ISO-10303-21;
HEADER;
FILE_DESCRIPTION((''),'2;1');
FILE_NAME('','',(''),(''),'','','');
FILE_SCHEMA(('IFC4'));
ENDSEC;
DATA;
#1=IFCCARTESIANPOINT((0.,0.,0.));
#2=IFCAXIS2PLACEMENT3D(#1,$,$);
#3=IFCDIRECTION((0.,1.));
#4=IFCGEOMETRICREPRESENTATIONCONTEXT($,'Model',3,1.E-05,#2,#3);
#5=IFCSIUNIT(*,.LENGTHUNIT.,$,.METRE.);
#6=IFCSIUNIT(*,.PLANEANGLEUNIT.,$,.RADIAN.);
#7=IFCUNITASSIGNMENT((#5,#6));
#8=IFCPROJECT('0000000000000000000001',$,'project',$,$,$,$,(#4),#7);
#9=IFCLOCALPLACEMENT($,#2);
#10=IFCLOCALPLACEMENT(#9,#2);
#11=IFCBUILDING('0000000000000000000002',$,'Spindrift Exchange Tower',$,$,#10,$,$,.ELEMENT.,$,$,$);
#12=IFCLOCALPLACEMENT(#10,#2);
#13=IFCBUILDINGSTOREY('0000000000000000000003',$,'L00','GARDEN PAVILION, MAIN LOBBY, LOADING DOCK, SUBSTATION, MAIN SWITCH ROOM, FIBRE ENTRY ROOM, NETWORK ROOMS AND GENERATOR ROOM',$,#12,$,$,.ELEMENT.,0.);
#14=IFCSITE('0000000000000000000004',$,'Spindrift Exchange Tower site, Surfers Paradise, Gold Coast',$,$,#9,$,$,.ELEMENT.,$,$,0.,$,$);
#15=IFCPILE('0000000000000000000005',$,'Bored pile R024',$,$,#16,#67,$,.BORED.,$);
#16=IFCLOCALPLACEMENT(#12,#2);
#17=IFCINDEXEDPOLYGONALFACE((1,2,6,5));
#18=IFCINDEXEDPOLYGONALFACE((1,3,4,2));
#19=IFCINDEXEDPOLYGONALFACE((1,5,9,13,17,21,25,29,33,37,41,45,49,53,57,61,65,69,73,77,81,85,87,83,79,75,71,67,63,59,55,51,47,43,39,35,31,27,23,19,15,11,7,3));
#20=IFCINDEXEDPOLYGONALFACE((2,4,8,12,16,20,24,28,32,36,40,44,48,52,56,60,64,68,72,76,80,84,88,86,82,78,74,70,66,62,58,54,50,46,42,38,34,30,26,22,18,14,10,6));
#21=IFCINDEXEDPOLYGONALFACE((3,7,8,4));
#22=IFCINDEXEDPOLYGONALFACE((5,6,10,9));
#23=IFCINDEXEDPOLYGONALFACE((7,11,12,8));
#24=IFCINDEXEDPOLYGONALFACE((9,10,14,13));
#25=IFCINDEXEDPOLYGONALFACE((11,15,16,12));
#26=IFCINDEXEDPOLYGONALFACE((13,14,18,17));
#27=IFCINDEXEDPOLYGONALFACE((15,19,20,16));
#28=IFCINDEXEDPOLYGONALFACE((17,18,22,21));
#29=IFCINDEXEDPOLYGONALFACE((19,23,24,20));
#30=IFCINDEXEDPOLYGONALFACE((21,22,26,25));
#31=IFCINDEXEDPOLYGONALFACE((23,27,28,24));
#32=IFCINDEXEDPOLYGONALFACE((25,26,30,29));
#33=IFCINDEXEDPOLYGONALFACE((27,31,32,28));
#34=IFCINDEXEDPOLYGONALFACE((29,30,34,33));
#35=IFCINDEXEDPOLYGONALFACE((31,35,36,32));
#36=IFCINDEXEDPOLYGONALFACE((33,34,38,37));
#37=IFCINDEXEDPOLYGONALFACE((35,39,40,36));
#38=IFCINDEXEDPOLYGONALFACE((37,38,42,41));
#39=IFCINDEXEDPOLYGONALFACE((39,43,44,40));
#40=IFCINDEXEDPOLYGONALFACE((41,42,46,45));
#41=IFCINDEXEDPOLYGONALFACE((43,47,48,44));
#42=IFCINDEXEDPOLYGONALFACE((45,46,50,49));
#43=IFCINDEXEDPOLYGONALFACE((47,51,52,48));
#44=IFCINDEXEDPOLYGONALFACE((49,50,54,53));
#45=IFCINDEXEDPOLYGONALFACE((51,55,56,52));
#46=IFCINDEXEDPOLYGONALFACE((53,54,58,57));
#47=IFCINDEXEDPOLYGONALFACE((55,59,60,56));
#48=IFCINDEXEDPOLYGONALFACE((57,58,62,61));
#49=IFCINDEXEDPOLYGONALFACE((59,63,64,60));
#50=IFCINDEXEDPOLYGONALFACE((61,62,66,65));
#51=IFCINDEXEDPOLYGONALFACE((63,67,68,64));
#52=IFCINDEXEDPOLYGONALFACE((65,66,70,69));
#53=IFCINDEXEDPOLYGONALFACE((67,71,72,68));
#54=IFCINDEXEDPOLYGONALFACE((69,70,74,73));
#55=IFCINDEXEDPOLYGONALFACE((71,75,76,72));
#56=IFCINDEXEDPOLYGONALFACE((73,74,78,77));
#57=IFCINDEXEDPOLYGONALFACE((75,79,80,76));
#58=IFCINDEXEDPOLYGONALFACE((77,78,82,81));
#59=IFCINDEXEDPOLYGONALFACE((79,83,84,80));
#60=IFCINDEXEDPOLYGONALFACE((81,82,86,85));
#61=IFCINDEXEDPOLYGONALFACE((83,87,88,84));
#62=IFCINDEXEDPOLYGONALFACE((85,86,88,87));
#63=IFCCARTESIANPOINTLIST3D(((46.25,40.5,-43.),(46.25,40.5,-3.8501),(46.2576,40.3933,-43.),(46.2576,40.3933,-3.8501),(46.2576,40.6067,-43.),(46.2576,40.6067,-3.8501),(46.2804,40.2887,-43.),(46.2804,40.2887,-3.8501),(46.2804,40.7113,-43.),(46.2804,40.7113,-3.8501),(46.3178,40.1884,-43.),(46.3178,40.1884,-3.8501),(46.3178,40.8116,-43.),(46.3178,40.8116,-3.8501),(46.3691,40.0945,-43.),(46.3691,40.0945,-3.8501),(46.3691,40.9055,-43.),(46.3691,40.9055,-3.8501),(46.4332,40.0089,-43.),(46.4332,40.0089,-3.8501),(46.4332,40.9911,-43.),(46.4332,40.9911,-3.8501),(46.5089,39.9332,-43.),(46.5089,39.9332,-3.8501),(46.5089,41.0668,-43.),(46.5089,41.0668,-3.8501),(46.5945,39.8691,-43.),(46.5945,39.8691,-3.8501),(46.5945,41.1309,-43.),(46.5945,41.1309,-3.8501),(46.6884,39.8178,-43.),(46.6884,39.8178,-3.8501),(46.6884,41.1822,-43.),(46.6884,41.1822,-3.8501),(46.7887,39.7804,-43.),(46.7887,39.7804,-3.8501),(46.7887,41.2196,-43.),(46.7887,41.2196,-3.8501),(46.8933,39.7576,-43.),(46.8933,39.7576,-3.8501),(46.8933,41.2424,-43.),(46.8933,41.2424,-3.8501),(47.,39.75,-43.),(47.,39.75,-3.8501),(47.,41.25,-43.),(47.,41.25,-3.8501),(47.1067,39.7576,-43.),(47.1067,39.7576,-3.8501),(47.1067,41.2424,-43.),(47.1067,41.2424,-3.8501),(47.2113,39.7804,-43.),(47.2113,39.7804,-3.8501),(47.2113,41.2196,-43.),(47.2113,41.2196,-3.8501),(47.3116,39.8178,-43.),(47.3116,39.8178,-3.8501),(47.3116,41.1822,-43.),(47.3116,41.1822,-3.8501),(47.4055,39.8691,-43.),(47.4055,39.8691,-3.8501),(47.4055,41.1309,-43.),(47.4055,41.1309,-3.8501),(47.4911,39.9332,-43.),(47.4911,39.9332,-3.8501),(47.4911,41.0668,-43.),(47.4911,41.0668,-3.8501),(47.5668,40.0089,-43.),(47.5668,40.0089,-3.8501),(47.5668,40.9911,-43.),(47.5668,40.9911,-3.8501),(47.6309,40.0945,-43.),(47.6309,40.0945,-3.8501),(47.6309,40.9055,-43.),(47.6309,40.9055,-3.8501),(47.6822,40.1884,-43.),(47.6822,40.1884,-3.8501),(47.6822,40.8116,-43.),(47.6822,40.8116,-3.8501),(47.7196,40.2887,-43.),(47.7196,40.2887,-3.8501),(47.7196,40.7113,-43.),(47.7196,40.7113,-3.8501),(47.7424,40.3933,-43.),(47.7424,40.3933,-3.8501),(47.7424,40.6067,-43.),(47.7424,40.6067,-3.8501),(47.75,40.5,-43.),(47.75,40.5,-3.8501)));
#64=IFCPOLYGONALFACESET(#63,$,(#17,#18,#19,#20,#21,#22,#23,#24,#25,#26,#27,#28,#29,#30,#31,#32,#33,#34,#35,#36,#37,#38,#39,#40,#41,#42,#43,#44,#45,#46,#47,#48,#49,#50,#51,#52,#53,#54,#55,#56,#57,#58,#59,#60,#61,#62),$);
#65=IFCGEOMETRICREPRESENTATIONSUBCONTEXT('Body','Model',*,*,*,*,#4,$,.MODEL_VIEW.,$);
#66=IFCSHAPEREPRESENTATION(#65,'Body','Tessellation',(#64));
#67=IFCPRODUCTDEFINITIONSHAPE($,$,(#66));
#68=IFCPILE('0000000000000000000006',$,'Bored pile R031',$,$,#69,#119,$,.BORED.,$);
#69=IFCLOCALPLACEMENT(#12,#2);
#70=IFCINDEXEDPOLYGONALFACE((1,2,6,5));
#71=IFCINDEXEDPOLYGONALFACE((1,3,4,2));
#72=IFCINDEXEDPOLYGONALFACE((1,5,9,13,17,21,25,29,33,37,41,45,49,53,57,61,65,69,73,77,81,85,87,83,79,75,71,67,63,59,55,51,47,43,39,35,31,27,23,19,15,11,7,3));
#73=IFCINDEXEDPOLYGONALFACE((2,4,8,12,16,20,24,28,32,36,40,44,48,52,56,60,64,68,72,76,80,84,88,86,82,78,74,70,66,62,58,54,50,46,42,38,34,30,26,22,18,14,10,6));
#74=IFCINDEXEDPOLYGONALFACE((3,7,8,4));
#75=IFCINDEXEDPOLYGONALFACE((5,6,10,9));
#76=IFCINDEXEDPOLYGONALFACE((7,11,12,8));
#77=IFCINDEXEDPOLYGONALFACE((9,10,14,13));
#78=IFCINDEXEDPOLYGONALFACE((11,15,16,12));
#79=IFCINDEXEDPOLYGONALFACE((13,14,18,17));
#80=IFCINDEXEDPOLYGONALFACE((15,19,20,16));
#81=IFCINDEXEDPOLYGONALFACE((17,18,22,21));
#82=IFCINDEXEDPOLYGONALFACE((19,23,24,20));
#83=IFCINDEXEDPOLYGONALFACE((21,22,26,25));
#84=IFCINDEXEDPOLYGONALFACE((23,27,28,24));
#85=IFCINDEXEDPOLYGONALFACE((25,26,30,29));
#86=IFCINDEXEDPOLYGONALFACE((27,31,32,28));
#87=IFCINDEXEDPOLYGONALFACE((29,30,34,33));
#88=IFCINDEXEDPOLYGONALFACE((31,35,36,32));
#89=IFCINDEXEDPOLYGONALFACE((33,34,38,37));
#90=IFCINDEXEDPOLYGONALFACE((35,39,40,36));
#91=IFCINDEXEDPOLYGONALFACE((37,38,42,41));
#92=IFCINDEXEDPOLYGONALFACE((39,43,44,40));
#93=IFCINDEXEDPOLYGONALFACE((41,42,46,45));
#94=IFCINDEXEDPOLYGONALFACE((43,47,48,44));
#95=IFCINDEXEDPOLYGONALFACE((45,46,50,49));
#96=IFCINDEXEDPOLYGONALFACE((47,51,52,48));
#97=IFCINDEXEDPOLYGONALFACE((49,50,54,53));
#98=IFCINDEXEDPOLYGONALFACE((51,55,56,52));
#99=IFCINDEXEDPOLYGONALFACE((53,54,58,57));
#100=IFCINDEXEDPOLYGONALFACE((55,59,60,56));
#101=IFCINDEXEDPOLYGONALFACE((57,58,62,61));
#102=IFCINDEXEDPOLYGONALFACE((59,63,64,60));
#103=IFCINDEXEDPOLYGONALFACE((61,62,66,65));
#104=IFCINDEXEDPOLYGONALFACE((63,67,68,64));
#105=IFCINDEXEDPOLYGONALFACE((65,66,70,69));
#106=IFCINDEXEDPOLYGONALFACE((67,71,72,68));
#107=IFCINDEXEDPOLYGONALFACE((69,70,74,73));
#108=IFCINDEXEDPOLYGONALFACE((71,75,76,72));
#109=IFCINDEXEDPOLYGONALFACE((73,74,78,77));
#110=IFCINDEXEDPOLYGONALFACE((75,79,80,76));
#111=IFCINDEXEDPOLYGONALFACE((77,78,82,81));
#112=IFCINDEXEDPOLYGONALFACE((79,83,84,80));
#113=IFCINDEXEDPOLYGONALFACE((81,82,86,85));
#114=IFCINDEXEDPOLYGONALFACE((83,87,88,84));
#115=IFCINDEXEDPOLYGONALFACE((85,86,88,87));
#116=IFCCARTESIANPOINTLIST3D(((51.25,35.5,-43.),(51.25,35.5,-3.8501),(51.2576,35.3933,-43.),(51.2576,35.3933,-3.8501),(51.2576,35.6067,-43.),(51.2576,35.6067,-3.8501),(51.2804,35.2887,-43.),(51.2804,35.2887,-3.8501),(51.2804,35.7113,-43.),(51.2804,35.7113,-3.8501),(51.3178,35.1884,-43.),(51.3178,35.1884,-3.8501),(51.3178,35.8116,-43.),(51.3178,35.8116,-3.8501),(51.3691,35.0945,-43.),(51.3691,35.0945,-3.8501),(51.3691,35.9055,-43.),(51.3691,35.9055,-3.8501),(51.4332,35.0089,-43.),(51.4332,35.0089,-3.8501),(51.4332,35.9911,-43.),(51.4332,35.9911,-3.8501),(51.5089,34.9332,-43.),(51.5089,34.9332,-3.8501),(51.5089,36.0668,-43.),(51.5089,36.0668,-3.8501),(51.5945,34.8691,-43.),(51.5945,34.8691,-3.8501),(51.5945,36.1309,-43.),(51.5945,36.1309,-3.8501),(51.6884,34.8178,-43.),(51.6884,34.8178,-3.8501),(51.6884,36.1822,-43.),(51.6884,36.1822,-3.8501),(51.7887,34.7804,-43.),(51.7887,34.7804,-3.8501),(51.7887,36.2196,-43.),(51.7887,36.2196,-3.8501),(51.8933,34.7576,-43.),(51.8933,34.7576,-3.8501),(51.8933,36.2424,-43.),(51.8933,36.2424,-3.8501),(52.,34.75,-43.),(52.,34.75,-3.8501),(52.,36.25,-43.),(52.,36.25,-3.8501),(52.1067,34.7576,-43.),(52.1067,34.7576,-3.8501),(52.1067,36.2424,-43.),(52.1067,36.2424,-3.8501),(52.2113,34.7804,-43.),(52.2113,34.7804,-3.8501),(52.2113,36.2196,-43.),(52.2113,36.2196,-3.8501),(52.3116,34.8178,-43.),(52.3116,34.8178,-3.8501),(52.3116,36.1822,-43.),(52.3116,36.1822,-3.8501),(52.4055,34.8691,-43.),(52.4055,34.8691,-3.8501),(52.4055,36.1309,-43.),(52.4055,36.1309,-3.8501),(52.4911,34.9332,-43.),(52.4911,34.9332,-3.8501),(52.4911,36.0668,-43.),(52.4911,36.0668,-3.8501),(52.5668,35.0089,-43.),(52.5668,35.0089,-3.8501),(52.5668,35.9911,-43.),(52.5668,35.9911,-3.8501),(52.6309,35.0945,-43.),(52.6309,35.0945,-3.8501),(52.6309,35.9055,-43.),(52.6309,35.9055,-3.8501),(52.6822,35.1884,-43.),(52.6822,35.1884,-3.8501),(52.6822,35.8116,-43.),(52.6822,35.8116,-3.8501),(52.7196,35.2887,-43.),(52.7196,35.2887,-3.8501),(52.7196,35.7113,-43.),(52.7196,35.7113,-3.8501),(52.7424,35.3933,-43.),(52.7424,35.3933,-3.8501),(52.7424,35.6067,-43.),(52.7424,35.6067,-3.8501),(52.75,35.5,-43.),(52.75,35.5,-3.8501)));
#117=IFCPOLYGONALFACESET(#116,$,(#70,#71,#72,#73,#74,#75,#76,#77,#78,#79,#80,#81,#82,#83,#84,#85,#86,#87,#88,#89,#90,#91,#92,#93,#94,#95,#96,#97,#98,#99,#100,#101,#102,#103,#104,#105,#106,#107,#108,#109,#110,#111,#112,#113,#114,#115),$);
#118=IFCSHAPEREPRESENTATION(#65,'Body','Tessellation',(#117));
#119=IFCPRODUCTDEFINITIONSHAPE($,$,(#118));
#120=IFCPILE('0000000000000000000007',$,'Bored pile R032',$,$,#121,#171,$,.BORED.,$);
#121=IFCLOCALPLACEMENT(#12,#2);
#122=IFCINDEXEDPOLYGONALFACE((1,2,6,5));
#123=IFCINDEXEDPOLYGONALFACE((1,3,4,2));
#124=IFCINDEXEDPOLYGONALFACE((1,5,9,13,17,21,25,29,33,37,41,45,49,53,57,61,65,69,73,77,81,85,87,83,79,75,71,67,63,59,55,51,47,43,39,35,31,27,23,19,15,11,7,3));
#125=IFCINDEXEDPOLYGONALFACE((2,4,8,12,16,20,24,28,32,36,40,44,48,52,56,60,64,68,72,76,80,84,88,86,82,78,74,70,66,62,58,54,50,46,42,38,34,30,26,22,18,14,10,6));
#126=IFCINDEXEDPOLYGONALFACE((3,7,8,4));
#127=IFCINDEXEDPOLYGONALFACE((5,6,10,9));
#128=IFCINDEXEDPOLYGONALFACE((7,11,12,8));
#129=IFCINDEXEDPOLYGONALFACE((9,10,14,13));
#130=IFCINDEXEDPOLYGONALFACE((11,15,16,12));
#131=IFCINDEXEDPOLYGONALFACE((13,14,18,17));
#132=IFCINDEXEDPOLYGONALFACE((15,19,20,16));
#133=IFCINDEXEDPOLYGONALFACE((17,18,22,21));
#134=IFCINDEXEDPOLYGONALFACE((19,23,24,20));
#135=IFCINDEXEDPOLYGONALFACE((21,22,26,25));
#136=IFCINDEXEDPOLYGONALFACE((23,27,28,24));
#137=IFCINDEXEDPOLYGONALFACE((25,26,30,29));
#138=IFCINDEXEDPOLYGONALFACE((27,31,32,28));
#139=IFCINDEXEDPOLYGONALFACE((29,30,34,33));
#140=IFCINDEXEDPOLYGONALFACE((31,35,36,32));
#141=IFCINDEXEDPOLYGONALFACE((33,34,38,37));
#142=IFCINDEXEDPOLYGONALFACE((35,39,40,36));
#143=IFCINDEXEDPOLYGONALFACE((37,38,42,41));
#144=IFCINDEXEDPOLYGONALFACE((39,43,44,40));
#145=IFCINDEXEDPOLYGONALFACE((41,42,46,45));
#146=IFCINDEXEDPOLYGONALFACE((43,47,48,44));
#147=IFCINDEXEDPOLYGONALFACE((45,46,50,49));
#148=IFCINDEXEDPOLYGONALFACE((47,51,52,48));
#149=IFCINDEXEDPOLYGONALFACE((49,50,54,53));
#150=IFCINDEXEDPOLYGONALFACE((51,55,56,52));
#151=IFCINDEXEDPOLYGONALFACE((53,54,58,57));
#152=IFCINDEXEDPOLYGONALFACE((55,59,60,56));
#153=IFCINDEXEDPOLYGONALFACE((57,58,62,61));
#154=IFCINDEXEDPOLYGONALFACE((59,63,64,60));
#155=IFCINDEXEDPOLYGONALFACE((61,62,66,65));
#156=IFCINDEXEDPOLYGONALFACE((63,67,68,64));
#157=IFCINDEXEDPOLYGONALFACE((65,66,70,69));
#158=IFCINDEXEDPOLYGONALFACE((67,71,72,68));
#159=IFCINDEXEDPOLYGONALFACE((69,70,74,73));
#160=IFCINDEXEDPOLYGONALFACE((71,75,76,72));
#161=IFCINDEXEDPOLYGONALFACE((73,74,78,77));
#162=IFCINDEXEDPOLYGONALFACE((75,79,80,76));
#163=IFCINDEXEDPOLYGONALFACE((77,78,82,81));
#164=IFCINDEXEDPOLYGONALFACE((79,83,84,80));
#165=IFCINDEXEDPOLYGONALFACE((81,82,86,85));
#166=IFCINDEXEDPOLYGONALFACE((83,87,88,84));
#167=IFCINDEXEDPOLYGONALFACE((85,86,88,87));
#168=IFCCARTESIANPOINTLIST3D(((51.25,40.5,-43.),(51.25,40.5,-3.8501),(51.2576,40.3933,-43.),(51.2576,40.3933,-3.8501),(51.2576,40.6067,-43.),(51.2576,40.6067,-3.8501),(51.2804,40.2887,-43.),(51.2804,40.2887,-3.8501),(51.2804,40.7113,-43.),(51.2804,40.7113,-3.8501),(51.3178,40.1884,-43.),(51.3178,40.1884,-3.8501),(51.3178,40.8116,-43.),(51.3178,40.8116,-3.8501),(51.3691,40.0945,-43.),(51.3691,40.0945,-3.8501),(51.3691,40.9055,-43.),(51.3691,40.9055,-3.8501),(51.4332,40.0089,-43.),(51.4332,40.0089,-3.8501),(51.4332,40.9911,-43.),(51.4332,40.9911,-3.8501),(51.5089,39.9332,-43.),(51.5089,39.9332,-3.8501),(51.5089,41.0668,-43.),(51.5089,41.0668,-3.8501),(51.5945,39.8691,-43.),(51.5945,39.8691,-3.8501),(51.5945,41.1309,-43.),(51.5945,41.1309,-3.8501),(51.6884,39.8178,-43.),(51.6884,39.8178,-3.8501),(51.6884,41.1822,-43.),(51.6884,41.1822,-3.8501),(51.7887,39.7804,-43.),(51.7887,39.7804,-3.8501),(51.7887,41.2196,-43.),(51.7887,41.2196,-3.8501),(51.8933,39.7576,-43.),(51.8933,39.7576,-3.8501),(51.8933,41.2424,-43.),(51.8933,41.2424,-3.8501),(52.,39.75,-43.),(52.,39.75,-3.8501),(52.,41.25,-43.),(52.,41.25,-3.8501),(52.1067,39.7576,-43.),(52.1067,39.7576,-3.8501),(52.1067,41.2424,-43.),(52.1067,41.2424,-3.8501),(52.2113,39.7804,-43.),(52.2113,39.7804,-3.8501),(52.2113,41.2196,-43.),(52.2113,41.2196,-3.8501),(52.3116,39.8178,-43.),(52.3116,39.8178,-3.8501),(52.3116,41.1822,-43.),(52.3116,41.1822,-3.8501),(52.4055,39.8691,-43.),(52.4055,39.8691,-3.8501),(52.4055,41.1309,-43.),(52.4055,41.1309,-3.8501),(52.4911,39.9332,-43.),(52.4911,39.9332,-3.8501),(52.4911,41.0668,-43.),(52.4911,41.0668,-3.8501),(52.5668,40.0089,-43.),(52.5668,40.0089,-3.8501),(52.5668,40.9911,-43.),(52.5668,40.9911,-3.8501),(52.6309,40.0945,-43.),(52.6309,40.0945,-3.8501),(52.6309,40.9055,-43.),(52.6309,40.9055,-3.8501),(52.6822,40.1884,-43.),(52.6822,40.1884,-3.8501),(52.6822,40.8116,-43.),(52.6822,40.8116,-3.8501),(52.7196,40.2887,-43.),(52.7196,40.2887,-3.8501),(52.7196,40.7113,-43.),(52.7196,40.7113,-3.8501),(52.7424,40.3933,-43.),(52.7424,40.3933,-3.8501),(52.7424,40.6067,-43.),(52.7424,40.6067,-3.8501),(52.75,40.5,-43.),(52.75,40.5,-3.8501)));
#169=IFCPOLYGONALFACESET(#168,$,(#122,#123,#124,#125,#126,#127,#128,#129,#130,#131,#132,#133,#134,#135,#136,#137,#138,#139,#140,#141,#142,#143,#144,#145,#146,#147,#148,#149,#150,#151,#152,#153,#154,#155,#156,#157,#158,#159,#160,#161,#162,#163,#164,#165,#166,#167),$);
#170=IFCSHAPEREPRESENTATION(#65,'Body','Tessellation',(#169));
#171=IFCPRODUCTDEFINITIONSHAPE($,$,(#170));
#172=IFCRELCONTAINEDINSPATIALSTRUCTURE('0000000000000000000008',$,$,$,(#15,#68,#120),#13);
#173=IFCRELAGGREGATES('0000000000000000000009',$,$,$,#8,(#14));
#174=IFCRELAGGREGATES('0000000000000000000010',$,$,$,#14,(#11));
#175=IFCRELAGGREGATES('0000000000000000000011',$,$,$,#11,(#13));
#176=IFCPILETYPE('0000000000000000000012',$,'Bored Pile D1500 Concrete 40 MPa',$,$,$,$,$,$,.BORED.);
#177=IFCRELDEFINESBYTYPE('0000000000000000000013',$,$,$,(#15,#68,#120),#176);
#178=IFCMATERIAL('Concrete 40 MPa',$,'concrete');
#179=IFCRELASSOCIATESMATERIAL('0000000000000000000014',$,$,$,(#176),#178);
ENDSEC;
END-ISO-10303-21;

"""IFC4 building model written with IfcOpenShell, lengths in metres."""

from ifc_helpers import new_model, si_unit, direction, frame, origin, origin_2d, place, context, subcontext, project, spatial, circle, extrude, source, transform, mapped, material, material_profile, profile_set, type_object, element, save


model = new_model("IFC4")

# Units and contexts
model_context = context("Model", 3, precision=1e-05, world=origin(), true_north=direction((0.0, 1.0)))
body_context = subcontext(model_context, "Body", "Model", "MODEL_VIEW")
ifc_project = project(units=[si_unit("LENGTHUNIT", "METRE"), si_unit("PLANEANGLEUNIT", "RADIAN")], contexts=[model_context])

# Site, building, storey
site_placement = place(None, origin())
site = spatial("IfcSite", under=ifc_project, at=site_placement, Name="Spindrift Exchange Tower site, Surfers Paradise, Gold Coast", CompositionType="ELEMENT", RefElevation=0.0)
building_placement = place(site_placement, origin())
building = spatial("IfcBuilding", under=site, at=building_placement, Name="Spindrift Exchange Tower", CompositionType="ELEMENT")
storey_placement = place(building_placement, origin())
storey = spatial("IfcBuildingStorey", under=building, at=storey_placement, Name="L00", Description="GARDEN PAVILION, MAIN LOBBY, LOADING DOCK, SUBSTATION, MAIN SWITCH ROOM, FIBRE ENTRY ROOM, NETWORK ROOMS AND GENERATOR ROOM", CompositionType="ELEMENT", Elevation=0.0)

# Piles
ifc_material_1 = material(Name="Concrete 40 MPa", Category="concrete")
ifc_material_profile_1 = material_profile(ifc_material_1, circle(Radius=0.75, at=origin_2d()), Name="BP D1500")
ifc_profile_set_1 = profile_set([ifc_material_profile_1], Name="Concrete 40 MPa")
pile_type = type_object("IfcPileType", Name="Bored Pile D1500 Concrete 40 MPa", PredefinedType="BORED", material=ifc_profile_set_1)
shared_shape_1 = source(origin(), body_context, "Body", "SweptSolid", [
    extrude(circle(Radius=0.75, at=origin_2d()), origin(), (0.0, 0.0, 1.0), 39.1499),
])
for number, where, z_axis, x_axis, name in (
    (1, (47.0, 40.5, -3.8501), (0.0, 0.0, -1.0), (1.0, 0.0, 0.0), "Bored pile R024"),
    (2, (52.0, 35.5, -3.8501), (0.0, 0.0, -1.0), (1.0, 0.0, 0.0), "Bored pile R031"),
    (3, (52.0, 40.5, -3.8501), (0.0, 0.0, -1.0), (1.0, 0.0, 0.0), "Bored pile R032"),
):
    element("IfcPile", number, at=place(storey_placement, frame(where, z_axis=z_axis, x_axis=x_axis)), inside=storey, type_object=pile_type, Name=name, PredefinedType="BORED", context=body_context, shape_type="MappedRepresentation", body=[
        mapped(shared_shape_1, transform((0.0, 0.0, 0.0), scale=1.0)),
    ])

save(model, "model.ifc")
